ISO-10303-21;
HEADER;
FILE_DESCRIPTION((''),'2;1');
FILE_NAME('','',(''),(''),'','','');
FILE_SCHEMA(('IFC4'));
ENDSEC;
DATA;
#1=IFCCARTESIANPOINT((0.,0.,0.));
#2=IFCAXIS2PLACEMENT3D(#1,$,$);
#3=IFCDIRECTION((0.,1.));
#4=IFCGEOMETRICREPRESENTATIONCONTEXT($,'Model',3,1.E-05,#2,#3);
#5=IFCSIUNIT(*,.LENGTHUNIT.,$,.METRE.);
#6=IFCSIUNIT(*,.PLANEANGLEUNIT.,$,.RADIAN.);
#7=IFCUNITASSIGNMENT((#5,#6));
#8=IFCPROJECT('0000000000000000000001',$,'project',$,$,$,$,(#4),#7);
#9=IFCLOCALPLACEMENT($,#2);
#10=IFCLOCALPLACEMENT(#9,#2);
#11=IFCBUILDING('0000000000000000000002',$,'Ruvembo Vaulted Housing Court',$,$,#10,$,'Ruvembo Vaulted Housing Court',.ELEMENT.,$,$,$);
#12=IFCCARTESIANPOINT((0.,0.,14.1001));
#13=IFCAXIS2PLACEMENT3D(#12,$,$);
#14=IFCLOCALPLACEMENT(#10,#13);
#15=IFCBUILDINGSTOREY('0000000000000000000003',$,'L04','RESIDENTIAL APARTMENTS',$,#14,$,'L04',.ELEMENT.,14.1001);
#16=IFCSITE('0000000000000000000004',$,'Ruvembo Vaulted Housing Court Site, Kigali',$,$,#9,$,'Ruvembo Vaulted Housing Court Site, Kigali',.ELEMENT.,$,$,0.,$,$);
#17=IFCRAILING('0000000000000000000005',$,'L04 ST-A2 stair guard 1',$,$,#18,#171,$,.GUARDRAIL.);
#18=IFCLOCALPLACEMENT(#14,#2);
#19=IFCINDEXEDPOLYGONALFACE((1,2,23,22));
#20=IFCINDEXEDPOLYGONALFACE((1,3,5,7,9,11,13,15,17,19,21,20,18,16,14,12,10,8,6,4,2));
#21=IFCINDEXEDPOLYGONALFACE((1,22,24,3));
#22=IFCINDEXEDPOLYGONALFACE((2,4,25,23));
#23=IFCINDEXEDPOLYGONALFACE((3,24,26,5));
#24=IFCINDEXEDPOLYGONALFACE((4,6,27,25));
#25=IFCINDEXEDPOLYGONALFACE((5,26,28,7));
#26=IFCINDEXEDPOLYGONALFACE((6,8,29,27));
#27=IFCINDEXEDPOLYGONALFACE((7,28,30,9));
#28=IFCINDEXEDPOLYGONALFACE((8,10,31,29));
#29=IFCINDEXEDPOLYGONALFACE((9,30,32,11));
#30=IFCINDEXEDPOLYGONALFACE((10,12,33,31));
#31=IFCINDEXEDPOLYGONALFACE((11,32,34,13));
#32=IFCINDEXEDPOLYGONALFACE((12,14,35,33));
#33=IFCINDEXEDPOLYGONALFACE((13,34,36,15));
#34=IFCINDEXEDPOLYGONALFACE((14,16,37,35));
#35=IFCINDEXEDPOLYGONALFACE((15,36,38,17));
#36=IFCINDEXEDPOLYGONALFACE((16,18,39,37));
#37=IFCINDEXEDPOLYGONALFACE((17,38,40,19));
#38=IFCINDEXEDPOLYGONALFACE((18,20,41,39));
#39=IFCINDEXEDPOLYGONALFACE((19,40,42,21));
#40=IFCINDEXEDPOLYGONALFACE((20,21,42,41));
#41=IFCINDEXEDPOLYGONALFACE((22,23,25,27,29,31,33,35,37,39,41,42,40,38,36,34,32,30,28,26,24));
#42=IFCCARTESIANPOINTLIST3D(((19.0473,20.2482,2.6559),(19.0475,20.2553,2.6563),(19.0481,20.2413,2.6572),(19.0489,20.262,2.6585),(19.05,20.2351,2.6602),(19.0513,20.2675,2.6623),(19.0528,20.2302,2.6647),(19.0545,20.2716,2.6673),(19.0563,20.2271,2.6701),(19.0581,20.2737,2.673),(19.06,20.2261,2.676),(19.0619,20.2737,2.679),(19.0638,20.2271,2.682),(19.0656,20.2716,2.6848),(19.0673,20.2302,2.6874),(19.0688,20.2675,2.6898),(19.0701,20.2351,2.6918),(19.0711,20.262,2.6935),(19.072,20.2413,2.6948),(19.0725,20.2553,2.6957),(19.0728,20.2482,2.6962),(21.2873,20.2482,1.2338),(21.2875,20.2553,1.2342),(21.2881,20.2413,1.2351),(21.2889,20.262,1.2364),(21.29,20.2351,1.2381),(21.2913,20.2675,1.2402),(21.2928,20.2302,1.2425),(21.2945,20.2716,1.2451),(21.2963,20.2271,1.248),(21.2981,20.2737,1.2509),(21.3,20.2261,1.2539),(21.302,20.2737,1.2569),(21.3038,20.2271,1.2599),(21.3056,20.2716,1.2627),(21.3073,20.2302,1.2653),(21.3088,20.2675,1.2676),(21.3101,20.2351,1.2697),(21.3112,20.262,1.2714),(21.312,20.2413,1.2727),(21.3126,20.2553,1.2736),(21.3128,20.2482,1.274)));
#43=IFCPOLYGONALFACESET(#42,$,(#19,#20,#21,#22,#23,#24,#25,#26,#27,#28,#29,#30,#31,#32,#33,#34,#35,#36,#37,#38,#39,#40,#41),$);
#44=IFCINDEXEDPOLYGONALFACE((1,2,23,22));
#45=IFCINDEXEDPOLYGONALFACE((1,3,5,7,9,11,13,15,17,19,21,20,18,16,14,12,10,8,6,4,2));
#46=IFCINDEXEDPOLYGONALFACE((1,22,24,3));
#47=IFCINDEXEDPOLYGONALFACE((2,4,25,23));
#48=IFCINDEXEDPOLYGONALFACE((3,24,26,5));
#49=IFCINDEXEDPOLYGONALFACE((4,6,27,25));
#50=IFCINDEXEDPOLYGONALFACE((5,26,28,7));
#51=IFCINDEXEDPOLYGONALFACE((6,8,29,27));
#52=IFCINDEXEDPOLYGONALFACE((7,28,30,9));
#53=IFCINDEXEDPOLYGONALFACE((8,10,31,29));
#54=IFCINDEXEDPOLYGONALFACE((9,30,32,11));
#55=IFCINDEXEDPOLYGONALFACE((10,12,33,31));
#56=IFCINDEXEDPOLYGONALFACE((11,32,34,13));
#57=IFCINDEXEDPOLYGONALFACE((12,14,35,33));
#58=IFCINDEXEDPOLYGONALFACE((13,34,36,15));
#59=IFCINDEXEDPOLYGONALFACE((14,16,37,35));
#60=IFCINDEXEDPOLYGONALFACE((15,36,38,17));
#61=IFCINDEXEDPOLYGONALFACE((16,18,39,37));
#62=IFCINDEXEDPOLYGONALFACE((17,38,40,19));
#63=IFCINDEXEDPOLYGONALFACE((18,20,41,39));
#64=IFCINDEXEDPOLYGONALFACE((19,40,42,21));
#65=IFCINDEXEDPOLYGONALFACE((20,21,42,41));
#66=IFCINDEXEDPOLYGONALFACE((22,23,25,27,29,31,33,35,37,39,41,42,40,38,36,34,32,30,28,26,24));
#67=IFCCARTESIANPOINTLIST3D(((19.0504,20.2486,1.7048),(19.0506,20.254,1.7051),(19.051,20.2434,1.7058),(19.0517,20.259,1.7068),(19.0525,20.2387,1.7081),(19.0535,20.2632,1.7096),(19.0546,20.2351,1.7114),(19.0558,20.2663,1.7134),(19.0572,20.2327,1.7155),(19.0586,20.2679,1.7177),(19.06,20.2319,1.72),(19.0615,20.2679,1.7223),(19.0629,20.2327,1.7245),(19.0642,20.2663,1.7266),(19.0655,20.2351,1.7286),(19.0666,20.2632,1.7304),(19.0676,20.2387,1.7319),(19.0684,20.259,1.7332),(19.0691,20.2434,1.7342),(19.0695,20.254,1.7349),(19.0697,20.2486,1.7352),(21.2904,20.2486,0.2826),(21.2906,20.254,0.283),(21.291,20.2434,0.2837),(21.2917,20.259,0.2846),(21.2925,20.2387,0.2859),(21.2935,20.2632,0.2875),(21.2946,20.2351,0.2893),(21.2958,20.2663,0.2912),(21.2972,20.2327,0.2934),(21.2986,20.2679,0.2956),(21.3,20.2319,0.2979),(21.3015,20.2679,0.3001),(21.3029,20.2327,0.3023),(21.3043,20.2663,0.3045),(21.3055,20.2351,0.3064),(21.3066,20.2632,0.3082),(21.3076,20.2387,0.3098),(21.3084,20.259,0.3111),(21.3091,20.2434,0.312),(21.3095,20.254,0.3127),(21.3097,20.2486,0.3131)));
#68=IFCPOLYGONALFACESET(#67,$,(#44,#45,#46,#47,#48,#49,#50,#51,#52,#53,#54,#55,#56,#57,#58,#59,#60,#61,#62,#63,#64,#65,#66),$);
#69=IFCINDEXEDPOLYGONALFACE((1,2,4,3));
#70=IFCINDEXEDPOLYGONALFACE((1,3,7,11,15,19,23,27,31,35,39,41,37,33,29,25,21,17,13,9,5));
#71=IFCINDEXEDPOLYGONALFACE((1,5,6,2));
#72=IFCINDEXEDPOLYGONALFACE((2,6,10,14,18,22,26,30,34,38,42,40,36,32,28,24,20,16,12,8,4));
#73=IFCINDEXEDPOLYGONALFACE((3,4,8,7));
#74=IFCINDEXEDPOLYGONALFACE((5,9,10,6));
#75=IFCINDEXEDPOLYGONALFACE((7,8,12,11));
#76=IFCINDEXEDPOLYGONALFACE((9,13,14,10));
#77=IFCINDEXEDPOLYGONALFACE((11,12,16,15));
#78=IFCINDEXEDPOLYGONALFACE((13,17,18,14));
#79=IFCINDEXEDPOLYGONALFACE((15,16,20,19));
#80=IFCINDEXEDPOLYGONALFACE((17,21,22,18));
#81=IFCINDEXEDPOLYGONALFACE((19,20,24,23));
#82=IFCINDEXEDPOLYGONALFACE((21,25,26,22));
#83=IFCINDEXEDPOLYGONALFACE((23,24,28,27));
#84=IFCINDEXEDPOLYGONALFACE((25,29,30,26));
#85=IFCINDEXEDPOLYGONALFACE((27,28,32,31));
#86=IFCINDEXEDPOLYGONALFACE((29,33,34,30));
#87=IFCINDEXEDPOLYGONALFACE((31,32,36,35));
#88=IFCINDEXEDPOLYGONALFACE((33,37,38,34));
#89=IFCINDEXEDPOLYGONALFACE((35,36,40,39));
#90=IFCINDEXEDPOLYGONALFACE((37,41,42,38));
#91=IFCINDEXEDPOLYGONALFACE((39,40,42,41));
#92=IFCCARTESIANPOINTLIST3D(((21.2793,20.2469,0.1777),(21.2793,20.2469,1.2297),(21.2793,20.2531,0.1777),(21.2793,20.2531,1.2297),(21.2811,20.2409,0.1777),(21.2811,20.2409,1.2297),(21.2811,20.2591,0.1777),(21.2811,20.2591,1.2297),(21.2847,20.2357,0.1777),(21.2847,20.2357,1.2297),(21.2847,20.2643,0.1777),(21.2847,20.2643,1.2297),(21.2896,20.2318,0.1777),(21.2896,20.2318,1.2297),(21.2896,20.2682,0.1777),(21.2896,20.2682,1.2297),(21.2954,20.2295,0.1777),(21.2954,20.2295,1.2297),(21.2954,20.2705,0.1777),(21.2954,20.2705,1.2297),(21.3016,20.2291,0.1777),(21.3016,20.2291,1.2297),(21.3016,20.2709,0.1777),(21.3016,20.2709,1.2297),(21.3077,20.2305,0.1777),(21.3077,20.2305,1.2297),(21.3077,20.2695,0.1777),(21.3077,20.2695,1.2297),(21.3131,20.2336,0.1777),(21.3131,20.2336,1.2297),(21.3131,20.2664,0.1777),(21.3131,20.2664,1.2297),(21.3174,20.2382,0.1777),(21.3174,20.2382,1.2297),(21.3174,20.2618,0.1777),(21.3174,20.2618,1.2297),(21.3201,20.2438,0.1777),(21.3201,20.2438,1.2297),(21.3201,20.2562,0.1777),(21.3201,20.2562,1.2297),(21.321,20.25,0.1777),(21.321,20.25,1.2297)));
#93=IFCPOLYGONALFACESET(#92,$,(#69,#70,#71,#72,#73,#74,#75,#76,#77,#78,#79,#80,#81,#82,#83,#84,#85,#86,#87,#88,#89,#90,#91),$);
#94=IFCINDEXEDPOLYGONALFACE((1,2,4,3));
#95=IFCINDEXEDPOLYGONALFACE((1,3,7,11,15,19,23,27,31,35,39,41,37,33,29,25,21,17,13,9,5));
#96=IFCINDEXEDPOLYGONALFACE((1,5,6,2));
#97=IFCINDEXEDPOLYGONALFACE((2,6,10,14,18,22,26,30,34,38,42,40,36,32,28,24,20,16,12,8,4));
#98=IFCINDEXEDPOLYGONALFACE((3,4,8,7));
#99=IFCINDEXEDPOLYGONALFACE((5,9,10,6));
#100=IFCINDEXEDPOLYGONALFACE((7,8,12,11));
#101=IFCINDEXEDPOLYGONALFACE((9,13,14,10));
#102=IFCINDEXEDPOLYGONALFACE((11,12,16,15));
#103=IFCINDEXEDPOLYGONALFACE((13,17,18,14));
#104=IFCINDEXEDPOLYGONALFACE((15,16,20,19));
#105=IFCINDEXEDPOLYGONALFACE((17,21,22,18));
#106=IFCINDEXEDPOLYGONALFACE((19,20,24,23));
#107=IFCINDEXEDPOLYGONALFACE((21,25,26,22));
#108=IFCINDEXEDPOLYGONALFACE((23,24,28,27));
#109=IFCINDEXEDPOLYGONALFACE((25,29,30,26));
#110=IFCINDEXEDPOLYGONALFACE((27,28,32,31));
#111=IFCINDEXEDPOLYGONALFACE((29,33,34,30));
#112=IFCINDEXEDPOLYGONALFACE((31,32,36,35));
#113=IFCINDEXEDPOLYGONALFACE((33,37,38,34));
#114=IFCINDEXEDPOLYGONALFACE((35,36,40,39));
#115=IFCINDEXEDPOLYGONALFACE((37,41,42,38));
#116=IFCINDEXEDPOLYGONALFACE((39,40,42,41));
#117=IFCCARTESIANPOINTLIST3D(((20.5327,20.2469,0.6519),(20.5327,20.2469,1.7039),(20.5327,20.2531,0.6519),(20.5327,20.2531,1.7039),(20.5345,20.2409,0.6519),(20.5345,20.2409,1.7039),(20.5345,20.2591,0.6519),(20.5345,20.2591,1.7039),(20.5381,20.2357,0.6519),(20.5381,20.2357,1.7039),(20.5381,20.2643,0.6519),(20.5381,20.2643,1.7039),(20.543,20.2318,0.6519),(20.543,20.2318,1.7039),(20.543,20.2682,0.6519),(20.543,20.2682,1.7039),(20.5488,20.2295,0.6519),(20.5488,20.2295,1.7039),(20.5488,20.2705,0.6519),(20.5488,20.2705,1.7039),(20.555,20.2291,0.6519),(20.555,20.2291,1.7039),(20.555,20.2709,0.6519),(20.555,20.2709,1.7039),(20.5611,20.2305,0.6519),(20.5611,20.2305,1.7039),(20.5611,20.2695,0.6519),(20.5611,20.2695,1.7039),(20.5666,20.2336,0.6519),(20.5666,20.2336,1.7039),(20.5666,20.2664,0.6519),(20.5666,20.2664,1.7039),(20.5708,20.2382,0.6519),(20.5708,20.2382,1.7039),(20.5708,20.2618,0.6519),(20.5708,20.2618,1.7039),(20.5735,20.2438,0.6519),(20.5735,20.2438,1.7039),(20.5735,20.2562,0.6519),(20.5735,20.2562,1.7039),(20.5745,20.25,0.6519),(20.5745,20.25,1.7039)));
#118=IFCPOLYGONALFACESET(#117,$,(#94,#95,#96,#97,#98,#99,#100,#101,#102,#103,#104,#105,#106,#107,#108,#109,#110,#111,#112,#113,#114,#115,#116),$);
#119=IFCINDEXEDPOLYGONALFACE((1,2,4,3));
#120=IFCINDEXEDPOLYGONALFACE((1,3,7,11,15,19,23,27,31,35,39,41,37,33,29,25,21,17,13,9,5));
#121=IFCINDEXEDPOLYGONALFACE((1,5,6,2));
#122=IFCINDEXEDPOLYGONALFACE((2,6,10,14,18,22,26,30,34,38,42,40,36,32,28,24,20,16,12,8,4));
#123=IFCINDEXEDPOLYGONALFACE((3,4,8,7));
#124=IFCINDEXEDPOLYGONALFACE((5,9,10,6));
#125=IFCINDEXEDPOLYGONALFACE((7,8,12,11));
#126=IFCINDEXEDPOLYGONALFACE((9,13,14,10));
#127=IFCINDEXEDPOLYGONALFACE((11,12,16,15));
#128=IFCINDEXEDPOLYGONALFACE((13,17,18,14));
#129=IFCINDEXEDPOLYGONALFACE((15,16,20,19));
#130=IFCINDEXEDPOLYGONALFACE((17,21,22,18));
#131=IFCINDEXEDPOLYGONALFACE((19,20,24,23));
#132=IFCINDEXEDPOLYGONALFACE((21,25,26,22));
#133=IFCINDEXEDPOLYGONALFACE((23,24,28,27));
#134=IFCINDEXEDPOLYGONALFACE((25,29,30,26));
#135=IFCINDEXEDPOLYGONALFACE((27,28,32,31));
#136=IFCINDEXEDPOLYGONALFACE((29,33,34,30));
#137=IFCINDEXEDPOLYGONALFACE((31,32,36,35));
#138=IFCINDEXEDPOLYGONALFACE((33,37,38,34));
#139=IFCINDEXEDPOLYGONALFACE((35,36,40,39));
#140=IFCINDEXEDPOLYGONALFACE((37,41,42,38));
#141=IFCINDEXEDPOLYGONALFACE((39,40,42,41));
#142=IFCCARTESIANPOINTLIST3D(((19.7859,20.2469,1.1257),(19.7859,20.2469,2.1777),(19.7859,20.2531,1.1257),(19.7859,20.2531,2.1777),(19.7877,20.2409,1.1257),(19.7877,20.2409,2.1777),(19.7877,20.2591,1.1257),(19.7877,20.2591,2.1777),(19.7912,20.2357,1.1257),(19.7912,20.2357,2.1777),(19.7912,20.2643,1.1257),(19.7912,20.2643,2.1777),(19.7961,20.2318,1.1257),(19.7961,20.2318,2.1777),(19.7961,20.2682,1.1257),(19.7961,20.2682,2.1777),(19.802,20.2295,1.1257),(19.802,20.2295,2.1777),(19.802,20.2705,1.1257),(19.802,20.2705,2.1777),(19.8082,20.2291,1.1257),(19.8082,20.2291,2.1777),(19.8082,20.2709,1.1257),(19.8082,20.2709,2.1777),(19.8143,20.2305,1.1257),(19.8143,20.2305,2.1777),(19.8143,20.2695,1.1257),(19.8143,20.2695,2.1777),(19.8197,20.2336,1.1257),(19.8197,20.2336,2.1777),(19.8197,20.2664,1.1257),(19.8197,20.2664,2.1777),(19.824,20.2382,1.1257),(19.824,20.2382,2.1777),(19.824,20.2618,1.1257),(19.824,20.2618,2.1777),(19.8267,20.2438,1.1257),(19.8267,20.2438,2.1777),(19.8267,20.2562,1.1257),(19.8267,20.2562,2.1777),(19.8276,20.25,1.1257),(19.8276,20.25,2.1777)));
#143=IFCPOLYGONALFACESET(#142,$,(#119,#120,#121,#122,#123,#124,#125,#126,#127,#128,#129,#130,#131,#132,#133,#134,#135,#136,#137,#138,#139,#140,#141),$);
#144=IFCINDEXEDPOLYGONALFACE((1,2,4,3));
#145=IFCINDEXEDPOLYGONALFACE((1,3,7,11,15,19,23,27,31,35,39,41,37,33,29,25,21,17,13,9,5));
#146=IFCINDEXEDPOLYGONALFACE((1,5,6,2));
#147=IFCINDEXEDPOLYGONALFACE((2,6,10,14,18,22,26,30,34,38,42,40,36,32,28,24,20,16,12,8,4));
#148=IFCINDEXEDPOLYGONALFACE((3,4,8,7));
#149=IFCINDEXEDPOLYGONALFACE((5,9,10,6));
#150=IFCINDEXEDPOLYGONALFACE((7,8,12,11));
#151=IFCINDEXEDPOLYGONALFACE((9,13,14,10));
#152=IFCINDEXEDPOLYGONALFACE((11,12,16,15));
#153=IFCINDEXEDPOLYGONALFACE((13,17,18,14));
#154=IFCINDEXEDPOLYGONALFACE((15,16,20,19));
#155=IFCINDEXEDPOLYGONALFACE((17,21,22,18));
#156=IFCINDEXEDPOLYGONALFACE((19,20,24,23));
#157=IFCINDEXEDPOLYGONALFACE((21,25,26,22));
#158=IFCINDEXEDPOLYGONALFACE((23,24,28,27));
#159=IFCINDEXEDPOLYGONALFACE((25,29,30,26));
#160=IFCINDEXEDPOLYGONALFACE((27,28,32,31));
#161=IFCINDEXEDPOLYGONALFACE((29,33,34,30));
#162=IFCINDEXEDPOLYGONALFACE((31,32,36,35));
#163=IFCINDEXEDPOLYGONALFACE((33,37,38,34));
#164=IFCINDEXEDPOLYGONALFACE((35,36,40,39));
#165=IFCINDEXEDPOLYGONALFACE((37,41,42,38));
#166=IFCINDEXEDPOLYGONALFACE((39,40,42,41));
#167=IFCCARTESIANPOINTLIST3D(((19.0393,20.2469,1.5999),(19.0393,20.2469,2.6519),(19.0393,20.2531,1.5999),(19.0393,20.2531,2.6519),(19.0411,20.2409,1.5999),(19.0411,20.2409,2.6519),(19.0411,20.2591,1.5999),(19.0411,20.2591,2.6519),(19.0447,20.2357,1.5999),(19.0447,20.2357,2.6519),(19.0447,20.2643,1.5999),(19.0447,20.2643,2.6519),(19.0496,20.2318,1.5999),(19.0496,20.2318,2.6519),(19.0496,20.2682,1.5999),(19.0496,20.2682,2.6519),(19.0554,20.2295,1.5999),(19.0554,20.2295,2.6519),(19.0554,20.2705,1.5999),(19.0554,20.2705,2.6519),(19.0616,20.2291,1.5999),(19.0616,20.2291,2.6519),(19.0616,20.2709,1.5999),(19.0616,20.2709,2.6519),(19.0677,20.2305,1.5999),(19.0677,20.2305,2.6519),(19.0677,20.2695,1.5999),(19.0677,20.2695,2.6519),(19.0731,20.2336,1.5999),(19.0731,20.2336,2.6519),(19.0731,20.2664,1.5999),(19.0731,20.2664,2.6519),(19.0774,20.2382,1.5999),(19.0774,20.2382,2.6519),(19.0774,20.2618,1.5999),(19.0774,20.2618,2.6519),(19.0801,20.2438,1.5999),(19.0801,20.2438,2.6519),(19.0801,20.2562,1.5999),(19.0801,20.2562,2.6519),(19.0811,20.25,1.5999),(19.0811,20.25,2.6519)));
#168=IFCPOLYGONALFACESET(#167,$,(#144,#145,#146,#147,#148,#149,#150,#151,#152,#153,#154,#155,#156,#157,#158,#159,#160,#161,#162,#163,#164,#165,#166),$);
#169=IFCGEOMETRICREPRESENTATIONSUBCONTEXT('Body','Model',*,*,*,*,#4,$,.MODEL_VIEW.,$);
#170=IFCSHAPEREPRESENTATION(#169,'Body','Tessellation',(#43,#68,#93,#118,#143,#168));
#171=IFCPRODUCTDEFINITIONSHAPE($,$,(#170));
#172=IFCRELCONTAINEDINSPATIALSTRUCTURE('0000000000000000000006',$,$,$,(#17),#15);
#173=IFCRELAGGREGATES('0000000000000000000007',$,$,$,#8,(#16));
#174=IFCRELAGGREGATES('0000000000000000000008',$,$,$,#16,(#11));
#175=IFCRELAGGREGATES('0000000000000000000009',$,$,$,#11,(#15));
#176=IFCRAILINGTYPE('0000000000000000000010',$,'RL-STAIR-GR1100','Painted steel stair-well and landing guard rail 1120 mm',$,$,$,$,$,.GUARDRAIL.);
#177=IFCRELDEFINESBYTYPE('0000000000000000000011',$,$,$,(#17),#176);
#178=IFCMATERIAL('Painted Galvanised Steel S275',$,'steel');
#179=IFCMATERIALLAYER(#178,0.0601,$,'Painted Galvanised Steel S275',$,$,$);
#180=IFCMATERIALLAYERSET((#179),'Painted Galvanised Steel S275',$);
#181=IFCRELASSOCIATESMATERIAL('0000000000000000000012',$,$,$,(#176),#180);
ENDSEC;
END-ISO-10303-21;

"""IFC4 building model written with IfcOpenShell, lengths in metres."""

from ifc_helpers import new_model, si_unit, direction, frame, origin, origin_2d, place, context, subcontext, project, spatial, circle, extrude, material, layer, layer_set, type_object, element, save


model = new_model("IFC4")

# Units and contexts
model_context = context("Model", 3, precision=1e-05, world=origin(), true_north=direction((0.0, 1.0)))
body_context = subcontext(model_context, "Body", "Model", "MODEL_VIEW")
ifc_project = project(units=[si_unit("LENGTHUNIT", "METRE"), si_unit("PLANEANGLEUNIT", "RADIAN")], contexts=[model_context])

# Site, building, storey
site_placement = place(None, origin())
site = spatial("IfcSite", under=ifc_project, at=site_placement, Name="Ruvembo Vaulted Housing Court Site, Kigali", LongName="Ruvembo Vaulted Housing Court Site, Kigali", CompositionType="ELEMENT", RefElevation=0.0)
building_placement = place(site_placement, origin())
building = spatial("IfcBuilding", under=site, at=building_placement, Name="Ruvembo Vaulted Housing Court", LongName="Ruvembo Vaulted Housing Court", CompositionType="ELEMENT")
storey_placement = place(building_placement, frame((0.0, 0.0, 14.1001)))
storey = spatial("IfcBuildingStorey", under=building, at=storey_placement, Name="L04", Description="RESIDENTIAL APARTMENTS", LongName="L04", CompositionType="ELEMENT", Elevation=14.1001)

# Railing
ifc_material_1 = material(Name="Painted Galvanised Steel S275", Category="steel")
ifc_layer_1 = layer(ifc_material_1, 0.0601, Name="Painted Galvanised Steel S275")
ifc_layer_set_1 = layer_set([ifc_layer_1], Name="Painted Galvanised Steel S275")
railing_type_1 = type_object("IfcRailingType", Name="RL-STAIR-GR1100", Description="Painted steel stair-well and landing guard rail 1120 mm", PredefinedType="GUARDRAIL", material=ifc_layer_set_1)
railing_1_placement = place(storey_placement, frame((21.3, 20.25, 0.1777)))
element("IfcRailing", 1, at=railing_1_placement, inside=storey, type_object=railing_type_1, Name="L04 ST-A2 stair guard 1", PredefinedType="GUARDRAIL", context=body_context, shape_type="SweptSolid", body=[
    extrude(circle(Radius=0.0239, at=origin_2d()), frame((0.0, 0.0, 1.0762), z_axis=(-0.844229, 0.0, 0.535982), x_axis=(0.0, -1.0, 0.0)), (0.0, 0.0, 1.0), 2.6533),
    extrude(circle(Radius=0.0181, at=origin_2d()), frame((0.0, 0.0, 0.1201), z_axis=(-0.844229, 0.0, 0.535982), x_axis=(0.0, -1.0, 0.0)), (0.0, 0.0, 1.0), 2.6533),
    extrude(circle(Radius=0.021, at=origin_2d()), origin(), (0.0, 0.0, 1.0), 1.052),
    extrude(circle(Radius=0.021, at=origin_2d()), frame((-0.7466, 0.0, 0.4741)), (0.0, 0.0, 1.0), 1.052),
    extrude(circle(Radius=0.021, at=origin_2d()), frame((-1.4934, 0.0, 0.948)), (0.0, 0.0, 1.0), 1.052),
    extrude(circle(Radius=0.021, at=origin_2d()), frame((-2.24, 0.0, 1.4221)), (0.0, 0.0, 1.0), 1.052),
])

save(model, "model.ifc")
